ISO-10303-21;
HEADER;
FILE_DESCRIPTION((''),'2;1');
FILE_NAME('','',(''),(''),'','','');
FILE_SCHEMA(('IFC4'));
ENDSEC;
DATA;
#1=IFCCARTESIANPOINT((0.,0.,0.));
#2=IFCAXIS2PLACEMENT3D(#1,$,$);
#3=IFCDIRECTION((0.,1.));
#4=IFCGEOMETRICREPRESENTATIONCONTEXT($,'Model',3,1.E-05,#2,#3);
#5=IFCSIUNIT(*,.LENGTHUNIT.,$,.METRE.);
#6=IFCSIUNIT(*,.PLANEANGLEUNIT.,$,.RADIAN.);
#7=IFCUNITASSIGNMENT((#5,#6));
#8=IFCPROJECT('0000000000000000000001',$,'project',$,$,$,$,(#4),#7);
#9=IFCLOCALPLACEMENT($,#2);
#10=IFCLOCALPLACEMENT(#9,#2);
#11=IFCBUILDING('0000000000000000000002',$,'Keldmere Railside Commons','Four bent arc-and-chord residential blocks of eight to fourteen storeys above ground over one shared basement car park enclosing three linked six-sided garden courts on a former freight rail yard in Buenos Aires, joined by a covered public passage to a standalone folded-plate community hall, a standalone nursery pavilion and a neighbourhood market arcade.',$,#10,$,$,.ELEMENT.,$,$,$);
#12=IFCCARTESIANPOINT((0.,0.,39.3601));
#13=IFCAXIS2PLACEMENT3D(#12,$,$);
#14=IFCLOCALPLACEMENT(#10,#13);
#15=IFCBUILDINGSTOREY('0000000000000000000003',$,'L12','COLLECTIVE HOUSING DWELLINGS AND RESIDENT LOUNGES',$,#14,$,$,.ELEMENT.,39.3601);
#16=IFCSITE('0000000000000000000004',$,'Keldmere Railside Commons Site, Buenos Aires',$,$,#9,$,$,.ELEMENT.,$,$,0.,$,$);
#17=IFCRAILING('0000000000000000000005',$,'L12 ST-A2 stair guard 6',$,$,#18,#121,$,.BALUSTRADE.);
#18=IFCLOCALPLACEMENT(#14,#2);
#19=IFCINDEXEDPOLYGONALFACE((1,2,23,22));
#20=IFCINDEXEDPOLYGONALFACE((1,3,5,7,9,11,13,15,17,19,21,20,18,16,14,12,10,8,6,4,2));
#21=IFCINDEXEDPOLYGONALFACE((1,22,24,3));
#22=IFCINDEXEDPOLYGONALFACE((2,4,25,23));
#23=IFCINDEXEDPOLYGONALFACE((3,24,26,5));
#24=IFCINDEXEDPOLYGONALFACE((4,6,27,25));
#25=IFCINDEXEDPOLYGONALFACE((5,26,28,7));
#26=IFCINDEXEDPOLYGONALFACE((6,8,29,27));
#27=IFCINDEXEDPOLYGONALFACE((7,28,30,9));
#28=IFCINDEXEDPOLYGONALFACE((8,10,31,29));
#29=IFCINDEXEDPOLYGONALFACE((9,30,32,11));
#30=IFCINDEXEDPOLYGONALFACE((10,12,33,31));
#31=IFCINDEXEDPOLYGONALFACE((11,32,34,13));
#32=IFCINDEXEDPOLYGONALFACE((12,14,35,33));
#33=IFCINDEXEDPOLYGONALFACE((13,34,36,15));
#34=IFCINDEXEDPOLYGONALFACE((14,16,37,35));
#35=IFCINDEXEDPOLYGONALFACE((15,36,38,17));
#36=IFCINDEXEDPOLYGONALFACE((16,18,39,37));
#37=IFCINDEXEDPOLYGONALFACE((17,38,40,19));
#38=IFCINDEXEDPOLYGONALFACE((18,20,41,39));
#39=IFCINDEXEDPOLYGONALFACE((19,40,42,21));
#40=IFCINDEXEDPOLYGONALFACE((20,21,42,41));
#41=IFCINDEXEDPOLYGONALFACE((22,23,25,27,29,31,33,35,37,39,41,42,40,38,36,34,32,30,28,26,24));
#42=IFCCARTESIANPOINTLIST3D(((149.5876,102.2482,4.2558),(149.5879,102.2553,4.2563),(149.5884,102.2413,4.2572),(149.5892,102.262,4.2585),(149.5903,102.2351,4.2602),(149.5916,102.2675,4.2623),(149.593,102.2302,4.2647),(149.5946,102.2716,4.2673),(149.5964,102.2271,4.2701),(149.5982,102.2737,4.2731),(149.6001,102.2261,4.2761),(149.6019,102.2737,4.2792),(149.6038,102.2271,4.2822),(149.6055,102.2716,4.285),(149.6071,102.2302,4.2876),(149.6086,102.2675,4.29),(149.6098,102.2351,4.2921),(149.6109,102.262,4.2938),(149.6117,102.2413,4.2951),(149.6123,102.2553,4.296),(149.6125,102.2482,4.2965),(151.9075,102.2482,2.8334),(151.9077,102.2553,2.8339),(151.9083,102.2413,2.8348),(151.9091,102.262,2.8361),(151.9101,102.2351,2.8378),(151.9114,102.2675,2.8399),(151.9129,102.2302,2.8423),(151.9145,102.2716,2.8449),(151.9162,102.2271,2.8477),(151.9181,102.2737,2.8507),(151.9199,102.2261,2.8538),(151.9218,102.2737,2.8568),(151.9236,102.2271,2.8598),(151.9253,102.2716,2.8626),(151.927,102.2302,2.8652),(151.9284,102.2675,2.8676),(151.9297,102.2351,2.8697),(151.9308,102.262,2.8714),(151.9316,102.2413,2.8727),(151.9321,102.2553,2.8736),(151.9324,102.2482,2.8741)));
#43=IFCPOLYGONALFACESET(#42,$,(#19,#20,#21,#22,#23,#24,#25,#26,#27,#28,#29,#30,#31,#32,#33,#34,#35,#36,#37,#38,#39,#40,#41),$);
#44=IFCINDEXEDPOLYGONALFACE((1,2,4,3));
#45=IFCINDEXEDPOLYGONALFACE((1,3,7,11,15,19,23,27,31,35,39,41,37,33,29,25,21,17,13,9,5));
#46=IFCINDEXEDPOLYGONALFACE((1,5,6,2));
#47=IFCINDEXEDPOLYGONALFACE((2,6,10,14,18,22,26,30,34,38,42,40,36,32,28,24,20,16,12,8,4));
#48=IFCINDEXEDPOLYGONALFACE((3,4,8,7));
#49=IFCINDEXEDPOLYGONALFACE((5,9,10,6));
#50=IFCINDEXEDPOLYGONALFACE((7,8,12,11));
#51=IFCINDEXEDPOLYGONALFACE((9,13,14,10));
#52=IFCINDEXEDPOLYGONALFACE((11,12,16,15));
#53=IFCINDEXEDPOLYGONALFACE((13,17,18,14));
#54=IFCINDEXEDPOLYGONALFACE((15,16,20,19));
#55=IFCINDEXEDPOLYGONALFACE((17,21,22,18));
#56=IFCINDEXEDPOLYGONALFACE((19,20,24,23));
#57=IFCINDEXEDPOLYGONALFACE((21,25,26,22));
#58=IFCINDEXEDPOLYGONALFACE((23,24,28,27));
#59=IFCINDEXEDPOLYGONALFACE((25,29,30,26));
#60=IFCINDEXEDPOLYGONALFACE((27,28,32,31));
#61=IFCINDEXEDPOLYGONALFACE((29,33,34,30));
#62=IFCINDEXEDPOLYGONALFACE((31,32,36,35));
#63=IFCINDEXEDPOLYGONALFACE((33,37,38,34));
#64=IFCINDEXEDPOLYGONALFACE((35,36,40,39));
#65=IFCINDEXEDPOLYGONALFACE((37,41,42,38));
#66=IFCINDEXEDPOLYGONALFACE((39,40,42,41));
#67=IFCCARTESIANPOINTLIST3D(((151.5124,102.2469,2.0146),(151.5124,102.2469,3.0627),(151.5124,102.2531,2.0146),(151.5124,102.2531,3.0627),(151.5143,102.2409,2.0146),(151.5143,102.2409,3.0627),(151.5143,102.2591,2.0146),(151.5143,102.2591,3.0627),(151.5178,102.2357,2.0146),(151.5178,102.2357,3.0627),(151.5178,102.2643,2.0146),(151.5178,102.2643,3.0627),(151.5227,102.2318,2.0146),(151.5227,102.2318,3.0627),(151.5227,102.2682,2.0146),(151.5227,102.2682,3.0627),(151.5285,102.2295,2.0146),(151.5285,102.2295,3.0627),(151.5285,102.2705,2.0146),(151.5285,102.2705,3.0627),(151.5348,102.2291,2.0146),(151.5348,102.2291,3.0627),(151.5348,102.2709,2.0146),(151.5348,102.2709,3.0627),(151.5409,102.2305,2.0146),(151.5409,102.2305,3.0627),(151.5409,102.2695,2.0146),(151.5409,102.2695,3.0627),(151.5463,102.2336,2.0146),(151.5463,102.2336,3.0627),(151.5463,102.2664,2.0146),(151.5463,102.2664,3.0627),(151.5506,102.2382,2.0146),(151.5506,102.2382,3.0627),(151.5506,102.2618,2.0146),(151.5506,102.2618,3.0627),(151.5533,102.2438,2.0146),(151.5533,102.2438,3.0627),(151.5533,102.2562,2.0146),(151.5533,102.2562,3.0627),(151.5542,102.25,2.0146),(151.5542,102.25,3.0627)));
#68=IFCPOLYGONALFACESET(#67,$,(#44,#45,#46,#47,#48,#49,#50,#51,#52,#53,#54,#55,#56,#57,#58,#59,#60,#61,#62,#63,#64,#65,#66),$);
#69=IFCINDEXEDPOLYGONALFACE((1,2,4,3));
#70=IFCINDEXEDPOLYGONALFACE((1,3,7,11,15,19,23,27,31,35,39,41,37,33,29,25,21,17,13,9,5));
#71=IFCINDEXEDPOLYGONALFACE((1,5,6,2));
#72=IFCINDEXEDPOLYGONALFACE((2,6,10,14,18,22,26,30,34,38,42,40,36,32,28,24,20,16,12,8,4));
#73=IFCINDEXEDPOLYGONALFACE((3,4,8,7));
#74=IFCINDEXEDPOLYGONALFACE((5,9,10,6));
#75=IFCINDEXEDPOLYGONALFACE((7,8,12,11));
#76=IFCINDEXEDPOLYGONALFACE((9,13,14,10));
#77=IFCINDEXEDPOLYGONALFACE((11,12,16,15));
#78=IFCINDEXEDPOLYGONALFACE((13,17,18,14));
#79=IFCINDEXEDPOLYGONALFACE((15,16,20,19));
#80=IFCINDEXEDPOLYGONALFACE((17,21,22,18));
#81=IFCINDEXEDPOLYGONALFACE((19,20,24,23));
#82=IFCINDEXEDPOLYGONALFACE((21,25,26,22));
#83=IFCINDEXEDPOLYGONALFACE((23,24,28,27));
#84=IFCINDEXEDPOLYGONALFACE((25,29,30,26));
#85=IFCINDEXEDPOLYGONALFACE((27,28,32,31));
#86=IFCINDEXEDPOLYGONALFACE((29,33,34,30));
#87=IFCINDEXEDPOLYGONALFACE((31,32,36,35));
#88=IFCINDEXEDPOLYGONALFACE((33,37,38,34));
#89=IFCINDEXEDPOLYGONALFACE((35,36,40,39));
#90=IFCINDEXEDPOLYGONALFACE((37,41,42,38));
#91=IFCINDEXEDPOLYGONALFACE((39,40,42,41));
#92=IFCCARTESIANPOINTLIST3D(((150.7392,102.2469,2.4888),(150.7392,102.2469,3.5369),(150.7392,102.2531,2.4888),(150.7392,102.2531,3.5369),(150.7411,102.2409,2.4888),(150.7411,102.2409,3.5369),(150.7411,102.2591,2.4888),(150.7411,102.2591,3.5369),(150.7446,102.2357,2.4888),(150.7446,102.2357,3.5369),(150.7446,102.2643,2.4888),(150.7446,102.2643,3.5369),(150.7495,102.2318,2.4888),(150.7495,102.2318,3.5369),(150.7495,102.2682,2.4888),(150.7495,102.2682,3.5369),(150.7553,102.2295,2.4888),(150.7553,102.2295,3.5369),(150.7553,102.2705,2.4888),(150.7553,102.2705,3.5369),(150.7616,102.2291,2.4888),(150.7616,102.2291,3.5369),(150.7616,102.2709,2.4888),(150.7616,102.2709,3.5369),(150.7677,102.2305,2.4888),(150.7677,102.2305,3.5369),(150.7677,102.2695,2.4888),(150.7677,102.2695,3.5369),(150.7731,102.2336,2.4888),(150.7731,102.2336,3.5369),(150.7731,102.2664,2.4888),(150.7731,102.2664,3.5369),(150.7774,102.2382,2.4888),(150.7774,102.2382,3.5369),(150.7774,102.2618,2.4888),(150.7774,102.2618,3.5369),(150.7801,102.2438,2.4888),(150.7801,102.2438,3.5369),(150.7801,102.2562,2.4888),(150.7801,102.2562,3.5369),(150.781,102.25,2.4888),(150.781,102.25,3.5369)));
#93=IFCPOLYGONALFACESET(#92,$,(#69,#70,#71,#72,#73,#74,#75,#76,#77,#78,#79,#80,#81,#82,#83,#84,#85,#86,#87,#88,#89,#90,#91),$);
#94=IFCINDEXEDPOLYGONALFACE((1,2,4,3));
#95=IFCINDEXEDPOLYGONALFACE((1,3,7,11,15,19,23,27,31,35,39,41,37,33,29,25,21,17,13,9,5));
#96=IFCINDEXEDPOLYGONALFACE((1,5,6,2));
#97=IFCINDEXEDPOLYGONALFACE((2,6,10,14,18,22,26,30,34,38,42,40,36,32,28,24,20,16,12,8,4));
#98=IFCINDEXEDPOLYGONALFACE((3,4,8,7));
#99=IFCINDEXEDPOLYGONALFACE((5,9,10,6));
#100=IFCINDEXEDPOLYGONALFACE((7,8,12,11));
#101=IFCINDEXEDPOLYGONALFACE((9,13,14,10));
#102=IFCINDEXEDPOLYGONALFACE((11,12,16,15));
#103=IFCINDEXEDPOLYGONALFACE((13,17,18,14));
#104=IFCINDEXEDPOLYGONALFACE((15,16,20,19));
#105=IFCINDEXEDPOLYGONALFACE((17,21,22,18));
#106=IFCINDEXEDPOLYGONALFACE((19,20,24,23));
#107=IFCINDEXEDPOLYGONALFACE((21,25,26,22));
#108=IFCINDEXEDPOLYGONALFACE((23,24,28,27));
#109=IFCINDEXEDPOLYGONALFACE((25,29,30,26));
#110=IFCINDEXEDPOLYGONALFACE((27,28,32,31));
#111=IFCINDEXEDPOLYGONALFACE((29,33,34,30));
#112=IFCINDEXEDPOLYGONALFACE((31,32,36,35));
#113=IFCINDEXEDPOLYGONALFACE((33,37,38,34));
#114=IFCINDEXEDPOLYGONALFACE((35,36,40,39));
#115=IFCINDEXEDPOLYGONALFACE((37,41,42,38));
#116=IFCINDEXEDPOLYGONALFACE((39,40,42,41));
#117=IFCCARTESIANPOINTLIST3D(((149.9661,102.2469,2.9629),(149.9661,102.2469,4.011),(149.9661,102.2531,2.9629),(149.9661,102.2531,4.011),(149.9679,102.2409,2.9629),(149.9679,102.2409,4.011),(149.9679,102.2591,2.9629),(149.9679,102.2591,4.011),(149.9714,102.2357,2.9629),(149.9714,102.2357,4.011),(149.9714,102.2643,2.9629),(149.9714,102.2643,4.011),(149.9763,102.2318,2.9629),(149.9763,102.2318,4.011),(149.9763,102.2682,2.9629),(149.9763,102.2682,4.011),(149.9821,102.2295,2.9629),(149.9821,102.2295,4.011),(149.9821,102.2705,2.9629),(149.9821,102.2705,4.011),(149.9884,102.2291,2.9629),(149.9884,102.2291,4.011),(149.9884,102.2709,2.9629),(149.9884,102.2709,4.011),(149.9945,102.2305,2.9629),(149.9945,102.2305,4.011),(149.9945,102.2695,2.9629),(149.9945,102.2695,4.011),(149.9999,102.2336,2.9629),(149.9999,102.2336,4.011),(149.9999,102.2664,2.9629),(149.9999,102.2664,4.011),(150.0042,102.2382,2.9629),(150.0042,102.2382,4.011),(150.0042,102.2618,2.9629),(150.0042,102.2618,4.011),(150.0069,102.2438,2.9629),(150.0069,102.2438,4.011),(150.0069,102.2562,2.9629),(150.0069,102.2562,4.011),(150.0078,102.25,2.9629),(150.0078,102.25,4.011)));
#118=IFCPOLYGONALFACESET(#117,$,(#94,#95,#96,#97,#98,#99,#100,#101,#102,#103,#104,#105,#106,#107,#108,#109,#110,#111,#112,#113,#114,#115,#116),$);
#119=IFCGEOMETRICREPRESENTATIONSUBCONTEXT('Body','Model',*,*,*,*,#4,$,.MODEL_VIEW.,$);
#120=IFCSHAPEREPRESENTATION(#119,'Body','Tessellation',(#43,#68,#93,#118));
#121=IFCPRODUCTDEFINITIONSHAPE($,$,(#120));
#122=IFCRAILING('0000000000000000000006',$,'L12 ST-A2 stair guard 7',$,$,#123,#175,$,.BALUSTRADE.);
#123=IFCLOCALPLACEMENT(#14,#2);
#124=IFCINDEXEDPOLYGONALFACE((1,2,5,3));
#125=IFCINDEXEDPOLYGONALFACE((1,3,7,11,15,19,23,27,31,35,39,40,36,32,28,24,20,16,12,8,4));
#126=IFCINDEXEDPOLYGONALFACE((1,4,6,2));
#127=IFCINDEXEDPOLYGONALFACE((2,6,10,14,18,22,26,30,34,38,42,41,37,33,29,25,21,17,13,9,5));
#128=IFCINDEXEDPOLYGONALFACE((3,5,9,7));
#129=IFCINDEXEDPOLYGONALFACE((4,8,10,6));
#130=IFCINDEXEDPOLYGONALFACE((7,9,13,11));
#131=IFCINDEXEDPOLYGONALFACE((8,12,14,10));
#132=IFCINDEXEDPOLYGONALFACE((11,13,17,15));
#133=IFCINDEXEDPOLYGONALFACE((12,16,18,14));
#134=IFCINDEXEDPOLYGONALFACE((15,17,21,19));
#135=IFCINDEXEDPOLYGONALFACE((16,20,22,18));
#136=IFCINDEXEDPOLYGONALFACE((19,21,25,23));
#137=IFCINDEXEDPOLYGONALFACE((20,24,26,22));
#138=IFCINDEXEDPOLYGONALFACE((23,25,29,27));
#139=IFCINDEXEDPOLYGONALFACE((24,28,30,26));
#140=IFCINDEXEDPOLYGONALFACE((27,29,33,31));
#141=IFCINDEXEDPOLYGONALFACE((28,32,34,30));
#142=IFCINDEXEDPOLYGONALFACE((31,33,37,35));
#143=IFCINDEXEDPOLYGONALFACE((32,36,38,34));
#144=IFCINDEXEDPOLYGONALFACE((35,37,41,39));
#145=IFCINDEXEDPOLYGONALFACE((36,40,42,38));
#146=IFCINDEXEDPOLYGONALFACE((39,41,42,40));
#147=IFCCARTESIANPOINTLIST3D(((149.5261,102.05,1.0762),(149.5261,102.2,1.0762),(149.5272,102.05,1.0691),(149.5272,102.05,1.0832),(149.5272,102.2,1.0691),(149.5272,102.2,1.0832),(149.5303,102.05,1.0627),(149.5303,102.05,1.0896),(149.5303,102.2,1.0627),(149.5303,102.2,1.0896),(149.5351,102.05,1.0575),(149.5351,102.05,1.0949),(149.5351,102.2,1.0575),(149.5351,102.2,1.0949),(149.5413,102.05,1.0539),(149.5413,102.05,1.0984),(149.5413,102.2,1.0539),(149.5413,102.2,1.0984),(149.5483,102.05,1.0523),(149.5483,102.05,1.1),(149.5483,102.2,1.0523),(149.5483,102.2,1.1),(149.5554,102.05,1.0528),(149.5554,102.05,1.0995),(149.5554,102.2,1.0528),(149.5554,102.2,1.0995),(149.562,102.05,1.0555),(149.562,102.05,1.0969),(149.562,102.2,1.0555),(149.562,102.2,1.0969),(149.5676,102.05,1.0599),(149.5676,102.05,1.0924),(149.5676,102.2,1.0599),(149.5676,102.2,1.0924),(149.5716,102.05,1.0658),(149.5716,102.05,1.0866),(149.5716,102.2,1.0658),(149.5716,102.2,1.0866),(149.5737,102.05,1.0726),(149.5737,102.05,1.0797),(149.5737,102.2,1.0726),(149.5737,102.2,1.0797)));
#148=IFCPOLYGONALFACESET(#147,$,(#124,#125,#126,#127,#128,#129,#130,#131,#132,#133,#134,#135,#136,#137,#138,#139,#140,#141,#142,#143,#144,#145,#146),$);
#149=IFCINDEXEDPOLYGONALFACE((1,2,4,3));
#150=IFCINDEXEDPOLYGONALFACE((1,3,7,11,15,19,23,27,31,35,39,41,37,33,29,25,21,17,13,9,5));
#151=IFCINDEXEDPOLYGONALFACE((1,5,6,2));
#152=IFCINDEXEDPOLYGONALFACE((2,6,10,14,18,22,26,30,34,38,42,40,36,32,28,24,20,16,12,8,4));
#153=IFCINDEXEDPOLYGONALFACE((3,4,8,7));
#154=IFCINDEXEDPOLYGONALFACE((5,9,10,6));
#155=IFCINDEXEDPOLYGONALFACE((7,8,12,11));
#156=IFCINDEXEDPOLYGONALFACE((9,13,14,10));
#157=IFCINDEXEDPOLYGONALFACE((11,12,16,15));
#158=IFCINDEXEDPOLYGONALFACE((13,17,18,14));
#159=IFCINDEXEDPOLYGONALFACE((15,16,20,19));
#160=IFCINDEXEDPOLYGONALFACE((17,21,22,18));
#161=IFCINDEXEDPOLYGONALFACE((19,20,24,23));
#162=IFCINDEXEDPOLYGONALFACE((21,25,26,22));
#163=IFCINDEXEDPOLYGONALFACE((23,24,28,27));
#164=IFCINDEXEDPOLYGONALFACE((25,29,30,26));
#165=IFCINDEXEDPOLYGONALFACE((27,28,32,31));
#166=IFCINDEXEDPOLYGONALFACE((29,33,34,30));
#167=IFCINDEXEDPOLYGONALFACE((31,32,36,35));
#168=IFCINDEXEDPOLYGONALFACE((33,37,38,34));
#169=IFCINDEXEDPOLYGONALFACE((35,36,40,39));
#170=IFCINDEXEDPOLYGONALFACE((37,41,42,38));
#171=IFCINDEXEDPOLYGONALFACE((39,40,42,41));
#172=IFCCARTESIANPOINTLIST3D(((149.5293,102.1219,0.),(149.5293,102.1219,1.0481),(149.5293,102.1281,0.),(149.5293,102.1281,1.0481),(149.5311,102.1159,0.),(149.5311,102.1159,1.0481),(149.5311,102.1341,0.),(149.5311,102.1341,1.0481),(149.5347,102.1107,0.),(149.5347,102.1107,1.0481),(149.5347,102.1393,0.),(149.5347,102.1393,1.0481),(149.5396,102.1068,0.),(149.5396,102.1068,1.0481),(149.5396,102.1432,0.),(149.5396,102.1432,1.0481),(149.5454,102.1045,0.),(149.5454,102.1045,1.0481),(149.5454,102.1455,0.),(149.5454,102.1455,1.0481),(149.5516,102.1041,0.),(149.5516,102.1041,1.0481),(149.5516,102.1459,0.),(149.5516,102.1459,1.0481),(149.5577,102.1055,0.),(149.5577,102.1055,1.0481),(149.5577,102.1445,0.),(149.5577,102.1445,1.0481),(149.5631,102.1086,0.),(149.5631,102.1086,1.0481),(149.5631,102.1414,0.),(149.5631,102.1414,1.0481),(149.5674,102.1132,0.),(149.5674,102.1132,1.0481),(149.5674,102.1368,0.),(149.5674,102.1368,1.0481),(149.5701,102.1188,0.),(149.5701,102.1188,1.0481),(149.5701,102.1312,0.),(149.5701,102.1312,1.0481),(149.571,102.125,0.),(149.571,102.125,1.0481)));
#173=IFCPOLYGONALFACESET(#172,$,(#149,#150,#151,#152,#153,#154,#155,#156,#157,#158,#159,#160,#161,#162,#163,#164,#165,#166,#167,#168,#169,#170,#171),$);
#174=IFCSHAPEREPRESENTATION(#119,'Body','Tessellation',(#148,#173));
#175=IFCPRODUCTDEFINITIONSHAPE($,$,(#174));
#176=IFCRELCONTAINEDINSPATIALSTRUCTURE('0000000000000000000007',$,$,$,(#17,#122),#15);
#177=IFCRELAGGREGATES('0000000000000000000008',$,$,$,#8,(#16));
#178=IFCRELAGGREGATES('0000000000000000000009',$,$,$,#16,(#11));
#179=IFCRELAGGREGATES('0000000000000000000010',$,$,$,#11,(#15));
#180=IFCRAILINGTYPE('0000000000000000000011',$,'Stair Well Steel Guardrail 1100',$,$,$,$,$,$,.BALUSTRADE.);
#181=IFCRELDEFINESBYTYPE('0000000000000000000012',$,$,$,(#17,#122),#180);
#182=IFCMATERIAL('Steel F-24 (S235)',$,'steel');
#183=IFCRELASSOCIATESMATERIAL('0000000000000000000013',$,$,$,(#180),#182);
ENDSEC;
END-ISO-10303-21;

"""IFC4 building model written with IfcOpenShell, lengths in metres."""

from ifc_helpers import new_model, si_unit, direction, frame, origin, origin_2d, place, context, subcontext, project, spatial, circle, extrude, material, type_object, element, save


model = new_model("IFC4")

# Units and contexts
model_context = context("Model", 3, precision=1e-05, world=origin(), true_north=direction((0.0, 1.0)))
body_context = subcontext(model_context, "Body", "Model", "MODEL_VIEW")
ifc_project = project(units=[si_unit("LENGTHUNIT", "METRE"), si_unit("PLANEANGLEUNIT", "RADIAN")], contexts=[model_context])

# Site, building, storey
site_placement = place(None, origin())
site = spatial("IfcSite", under=ifc_project, at=site_placement, Name="Keldmere Railside Commons Site, Buenos Aires", CompositionType="ELEMENT", RefElevation=0.0)
building_placement = place(site_placement, origin())
building = spatial("IfcBuilding", under=site, at=building_placement, Name="Keldmere Railside Commons", Description="Four bent arc-and-chord residential blocks of eight to fourteen storeys above ground over one shared basement car park enclosing three linked six-sided garden courts on a former freight rail yard in Buenos Aires, joined by a covered public passage to a standalone folded-plate community hall, a standalone nursery pavilion and a neighbourhood market arcade.", CompositionType="ELEMENT")
storey_placement = place(building_placement, frame((0.0, 0.0, 39.3601)))
storey = spatial("IfcBuildingStorey", under=building, at=storey_placement, Name="L12", Description="COLLECTIVE HOUSING DWELLINGS AND RESIDENT LOUNGES", CompositionType="ELEMENT", Elevation=39.3601)

# Railings
ifc_material_1 = material(Name="Steel F-24 (S235)", Category="steel")
railing_type_1 = type_object("IfcRailingType", Name="Stair Well Steel Guardrail 1100", PredefinedType="BALUSTRADE", material=ifc_material_1)
railing_1_placement = place(storey_placement, frame((151.9199, 102.25, 1.7776)))
element("IfcRailing", 1, at=railing_1_placement, inside=storey, type_object=railing_type_1, Name="L12 ST-A2 stair guard 6", PredefinedType="BALUSTRADE", context=body_context, shape_type="SweptSolid", body=[
    extrude(circle(Radius=0.0239, at=origin_2d()), frame((0.0, 0.0, 1.0762), z_axis=(-0.852514, 0.0, 0.522705), x_axis=(0.0, -1.0, 0.0)), (0.0, 0.0, 1.0), 2.7212),
    extrude(circle(Radius=0.021, at=origin_2d()), frame((-0.3867, 0.0, 0.2371)), (0.0, 0.0, 1.0), 1.0481),
    extrude(circle(Radius=0.021, at=origin_2d()), frame((-1.1599, 0.0, 0.7112)), (0.0, 0.0, 1.0), 1.0481),
    extrude(circle(Radius=0.021, at=origin_2d()), frame((-1.9331, 0.0, 1.1853)), (0.0, 0.0, 1.0), 1.0481),
])
railing_2_placement = place(storey_placement, frame((149.55, 102.05, 0.0)))
element("IfcRailing", 2, at=railing_2_placement, inside=storey, type_object=railing_type_1, Name="L12 ST-A2 stair guard 7", PredefinedType="BALUSTRADE", context=body_context, shape_type="SweptSolid", body=[
    extrude(circle(Radius=0.0239, at=origin_2d()), frame((0.0, 0.0, 1.0762), z_axis=(0.0, 1.0, 0.0), x_axis=(-1.0, 0.0, 0.0)), (0.0, 0.0, 1.0), 0.1499),
    extrude(circle(Radius=0.021, at=origin_2d()), frame((0.0, 0.075, 0.0)), (0.0, 0.0, 1.0), 1.0481),
])

save(model, "model.ifc")
